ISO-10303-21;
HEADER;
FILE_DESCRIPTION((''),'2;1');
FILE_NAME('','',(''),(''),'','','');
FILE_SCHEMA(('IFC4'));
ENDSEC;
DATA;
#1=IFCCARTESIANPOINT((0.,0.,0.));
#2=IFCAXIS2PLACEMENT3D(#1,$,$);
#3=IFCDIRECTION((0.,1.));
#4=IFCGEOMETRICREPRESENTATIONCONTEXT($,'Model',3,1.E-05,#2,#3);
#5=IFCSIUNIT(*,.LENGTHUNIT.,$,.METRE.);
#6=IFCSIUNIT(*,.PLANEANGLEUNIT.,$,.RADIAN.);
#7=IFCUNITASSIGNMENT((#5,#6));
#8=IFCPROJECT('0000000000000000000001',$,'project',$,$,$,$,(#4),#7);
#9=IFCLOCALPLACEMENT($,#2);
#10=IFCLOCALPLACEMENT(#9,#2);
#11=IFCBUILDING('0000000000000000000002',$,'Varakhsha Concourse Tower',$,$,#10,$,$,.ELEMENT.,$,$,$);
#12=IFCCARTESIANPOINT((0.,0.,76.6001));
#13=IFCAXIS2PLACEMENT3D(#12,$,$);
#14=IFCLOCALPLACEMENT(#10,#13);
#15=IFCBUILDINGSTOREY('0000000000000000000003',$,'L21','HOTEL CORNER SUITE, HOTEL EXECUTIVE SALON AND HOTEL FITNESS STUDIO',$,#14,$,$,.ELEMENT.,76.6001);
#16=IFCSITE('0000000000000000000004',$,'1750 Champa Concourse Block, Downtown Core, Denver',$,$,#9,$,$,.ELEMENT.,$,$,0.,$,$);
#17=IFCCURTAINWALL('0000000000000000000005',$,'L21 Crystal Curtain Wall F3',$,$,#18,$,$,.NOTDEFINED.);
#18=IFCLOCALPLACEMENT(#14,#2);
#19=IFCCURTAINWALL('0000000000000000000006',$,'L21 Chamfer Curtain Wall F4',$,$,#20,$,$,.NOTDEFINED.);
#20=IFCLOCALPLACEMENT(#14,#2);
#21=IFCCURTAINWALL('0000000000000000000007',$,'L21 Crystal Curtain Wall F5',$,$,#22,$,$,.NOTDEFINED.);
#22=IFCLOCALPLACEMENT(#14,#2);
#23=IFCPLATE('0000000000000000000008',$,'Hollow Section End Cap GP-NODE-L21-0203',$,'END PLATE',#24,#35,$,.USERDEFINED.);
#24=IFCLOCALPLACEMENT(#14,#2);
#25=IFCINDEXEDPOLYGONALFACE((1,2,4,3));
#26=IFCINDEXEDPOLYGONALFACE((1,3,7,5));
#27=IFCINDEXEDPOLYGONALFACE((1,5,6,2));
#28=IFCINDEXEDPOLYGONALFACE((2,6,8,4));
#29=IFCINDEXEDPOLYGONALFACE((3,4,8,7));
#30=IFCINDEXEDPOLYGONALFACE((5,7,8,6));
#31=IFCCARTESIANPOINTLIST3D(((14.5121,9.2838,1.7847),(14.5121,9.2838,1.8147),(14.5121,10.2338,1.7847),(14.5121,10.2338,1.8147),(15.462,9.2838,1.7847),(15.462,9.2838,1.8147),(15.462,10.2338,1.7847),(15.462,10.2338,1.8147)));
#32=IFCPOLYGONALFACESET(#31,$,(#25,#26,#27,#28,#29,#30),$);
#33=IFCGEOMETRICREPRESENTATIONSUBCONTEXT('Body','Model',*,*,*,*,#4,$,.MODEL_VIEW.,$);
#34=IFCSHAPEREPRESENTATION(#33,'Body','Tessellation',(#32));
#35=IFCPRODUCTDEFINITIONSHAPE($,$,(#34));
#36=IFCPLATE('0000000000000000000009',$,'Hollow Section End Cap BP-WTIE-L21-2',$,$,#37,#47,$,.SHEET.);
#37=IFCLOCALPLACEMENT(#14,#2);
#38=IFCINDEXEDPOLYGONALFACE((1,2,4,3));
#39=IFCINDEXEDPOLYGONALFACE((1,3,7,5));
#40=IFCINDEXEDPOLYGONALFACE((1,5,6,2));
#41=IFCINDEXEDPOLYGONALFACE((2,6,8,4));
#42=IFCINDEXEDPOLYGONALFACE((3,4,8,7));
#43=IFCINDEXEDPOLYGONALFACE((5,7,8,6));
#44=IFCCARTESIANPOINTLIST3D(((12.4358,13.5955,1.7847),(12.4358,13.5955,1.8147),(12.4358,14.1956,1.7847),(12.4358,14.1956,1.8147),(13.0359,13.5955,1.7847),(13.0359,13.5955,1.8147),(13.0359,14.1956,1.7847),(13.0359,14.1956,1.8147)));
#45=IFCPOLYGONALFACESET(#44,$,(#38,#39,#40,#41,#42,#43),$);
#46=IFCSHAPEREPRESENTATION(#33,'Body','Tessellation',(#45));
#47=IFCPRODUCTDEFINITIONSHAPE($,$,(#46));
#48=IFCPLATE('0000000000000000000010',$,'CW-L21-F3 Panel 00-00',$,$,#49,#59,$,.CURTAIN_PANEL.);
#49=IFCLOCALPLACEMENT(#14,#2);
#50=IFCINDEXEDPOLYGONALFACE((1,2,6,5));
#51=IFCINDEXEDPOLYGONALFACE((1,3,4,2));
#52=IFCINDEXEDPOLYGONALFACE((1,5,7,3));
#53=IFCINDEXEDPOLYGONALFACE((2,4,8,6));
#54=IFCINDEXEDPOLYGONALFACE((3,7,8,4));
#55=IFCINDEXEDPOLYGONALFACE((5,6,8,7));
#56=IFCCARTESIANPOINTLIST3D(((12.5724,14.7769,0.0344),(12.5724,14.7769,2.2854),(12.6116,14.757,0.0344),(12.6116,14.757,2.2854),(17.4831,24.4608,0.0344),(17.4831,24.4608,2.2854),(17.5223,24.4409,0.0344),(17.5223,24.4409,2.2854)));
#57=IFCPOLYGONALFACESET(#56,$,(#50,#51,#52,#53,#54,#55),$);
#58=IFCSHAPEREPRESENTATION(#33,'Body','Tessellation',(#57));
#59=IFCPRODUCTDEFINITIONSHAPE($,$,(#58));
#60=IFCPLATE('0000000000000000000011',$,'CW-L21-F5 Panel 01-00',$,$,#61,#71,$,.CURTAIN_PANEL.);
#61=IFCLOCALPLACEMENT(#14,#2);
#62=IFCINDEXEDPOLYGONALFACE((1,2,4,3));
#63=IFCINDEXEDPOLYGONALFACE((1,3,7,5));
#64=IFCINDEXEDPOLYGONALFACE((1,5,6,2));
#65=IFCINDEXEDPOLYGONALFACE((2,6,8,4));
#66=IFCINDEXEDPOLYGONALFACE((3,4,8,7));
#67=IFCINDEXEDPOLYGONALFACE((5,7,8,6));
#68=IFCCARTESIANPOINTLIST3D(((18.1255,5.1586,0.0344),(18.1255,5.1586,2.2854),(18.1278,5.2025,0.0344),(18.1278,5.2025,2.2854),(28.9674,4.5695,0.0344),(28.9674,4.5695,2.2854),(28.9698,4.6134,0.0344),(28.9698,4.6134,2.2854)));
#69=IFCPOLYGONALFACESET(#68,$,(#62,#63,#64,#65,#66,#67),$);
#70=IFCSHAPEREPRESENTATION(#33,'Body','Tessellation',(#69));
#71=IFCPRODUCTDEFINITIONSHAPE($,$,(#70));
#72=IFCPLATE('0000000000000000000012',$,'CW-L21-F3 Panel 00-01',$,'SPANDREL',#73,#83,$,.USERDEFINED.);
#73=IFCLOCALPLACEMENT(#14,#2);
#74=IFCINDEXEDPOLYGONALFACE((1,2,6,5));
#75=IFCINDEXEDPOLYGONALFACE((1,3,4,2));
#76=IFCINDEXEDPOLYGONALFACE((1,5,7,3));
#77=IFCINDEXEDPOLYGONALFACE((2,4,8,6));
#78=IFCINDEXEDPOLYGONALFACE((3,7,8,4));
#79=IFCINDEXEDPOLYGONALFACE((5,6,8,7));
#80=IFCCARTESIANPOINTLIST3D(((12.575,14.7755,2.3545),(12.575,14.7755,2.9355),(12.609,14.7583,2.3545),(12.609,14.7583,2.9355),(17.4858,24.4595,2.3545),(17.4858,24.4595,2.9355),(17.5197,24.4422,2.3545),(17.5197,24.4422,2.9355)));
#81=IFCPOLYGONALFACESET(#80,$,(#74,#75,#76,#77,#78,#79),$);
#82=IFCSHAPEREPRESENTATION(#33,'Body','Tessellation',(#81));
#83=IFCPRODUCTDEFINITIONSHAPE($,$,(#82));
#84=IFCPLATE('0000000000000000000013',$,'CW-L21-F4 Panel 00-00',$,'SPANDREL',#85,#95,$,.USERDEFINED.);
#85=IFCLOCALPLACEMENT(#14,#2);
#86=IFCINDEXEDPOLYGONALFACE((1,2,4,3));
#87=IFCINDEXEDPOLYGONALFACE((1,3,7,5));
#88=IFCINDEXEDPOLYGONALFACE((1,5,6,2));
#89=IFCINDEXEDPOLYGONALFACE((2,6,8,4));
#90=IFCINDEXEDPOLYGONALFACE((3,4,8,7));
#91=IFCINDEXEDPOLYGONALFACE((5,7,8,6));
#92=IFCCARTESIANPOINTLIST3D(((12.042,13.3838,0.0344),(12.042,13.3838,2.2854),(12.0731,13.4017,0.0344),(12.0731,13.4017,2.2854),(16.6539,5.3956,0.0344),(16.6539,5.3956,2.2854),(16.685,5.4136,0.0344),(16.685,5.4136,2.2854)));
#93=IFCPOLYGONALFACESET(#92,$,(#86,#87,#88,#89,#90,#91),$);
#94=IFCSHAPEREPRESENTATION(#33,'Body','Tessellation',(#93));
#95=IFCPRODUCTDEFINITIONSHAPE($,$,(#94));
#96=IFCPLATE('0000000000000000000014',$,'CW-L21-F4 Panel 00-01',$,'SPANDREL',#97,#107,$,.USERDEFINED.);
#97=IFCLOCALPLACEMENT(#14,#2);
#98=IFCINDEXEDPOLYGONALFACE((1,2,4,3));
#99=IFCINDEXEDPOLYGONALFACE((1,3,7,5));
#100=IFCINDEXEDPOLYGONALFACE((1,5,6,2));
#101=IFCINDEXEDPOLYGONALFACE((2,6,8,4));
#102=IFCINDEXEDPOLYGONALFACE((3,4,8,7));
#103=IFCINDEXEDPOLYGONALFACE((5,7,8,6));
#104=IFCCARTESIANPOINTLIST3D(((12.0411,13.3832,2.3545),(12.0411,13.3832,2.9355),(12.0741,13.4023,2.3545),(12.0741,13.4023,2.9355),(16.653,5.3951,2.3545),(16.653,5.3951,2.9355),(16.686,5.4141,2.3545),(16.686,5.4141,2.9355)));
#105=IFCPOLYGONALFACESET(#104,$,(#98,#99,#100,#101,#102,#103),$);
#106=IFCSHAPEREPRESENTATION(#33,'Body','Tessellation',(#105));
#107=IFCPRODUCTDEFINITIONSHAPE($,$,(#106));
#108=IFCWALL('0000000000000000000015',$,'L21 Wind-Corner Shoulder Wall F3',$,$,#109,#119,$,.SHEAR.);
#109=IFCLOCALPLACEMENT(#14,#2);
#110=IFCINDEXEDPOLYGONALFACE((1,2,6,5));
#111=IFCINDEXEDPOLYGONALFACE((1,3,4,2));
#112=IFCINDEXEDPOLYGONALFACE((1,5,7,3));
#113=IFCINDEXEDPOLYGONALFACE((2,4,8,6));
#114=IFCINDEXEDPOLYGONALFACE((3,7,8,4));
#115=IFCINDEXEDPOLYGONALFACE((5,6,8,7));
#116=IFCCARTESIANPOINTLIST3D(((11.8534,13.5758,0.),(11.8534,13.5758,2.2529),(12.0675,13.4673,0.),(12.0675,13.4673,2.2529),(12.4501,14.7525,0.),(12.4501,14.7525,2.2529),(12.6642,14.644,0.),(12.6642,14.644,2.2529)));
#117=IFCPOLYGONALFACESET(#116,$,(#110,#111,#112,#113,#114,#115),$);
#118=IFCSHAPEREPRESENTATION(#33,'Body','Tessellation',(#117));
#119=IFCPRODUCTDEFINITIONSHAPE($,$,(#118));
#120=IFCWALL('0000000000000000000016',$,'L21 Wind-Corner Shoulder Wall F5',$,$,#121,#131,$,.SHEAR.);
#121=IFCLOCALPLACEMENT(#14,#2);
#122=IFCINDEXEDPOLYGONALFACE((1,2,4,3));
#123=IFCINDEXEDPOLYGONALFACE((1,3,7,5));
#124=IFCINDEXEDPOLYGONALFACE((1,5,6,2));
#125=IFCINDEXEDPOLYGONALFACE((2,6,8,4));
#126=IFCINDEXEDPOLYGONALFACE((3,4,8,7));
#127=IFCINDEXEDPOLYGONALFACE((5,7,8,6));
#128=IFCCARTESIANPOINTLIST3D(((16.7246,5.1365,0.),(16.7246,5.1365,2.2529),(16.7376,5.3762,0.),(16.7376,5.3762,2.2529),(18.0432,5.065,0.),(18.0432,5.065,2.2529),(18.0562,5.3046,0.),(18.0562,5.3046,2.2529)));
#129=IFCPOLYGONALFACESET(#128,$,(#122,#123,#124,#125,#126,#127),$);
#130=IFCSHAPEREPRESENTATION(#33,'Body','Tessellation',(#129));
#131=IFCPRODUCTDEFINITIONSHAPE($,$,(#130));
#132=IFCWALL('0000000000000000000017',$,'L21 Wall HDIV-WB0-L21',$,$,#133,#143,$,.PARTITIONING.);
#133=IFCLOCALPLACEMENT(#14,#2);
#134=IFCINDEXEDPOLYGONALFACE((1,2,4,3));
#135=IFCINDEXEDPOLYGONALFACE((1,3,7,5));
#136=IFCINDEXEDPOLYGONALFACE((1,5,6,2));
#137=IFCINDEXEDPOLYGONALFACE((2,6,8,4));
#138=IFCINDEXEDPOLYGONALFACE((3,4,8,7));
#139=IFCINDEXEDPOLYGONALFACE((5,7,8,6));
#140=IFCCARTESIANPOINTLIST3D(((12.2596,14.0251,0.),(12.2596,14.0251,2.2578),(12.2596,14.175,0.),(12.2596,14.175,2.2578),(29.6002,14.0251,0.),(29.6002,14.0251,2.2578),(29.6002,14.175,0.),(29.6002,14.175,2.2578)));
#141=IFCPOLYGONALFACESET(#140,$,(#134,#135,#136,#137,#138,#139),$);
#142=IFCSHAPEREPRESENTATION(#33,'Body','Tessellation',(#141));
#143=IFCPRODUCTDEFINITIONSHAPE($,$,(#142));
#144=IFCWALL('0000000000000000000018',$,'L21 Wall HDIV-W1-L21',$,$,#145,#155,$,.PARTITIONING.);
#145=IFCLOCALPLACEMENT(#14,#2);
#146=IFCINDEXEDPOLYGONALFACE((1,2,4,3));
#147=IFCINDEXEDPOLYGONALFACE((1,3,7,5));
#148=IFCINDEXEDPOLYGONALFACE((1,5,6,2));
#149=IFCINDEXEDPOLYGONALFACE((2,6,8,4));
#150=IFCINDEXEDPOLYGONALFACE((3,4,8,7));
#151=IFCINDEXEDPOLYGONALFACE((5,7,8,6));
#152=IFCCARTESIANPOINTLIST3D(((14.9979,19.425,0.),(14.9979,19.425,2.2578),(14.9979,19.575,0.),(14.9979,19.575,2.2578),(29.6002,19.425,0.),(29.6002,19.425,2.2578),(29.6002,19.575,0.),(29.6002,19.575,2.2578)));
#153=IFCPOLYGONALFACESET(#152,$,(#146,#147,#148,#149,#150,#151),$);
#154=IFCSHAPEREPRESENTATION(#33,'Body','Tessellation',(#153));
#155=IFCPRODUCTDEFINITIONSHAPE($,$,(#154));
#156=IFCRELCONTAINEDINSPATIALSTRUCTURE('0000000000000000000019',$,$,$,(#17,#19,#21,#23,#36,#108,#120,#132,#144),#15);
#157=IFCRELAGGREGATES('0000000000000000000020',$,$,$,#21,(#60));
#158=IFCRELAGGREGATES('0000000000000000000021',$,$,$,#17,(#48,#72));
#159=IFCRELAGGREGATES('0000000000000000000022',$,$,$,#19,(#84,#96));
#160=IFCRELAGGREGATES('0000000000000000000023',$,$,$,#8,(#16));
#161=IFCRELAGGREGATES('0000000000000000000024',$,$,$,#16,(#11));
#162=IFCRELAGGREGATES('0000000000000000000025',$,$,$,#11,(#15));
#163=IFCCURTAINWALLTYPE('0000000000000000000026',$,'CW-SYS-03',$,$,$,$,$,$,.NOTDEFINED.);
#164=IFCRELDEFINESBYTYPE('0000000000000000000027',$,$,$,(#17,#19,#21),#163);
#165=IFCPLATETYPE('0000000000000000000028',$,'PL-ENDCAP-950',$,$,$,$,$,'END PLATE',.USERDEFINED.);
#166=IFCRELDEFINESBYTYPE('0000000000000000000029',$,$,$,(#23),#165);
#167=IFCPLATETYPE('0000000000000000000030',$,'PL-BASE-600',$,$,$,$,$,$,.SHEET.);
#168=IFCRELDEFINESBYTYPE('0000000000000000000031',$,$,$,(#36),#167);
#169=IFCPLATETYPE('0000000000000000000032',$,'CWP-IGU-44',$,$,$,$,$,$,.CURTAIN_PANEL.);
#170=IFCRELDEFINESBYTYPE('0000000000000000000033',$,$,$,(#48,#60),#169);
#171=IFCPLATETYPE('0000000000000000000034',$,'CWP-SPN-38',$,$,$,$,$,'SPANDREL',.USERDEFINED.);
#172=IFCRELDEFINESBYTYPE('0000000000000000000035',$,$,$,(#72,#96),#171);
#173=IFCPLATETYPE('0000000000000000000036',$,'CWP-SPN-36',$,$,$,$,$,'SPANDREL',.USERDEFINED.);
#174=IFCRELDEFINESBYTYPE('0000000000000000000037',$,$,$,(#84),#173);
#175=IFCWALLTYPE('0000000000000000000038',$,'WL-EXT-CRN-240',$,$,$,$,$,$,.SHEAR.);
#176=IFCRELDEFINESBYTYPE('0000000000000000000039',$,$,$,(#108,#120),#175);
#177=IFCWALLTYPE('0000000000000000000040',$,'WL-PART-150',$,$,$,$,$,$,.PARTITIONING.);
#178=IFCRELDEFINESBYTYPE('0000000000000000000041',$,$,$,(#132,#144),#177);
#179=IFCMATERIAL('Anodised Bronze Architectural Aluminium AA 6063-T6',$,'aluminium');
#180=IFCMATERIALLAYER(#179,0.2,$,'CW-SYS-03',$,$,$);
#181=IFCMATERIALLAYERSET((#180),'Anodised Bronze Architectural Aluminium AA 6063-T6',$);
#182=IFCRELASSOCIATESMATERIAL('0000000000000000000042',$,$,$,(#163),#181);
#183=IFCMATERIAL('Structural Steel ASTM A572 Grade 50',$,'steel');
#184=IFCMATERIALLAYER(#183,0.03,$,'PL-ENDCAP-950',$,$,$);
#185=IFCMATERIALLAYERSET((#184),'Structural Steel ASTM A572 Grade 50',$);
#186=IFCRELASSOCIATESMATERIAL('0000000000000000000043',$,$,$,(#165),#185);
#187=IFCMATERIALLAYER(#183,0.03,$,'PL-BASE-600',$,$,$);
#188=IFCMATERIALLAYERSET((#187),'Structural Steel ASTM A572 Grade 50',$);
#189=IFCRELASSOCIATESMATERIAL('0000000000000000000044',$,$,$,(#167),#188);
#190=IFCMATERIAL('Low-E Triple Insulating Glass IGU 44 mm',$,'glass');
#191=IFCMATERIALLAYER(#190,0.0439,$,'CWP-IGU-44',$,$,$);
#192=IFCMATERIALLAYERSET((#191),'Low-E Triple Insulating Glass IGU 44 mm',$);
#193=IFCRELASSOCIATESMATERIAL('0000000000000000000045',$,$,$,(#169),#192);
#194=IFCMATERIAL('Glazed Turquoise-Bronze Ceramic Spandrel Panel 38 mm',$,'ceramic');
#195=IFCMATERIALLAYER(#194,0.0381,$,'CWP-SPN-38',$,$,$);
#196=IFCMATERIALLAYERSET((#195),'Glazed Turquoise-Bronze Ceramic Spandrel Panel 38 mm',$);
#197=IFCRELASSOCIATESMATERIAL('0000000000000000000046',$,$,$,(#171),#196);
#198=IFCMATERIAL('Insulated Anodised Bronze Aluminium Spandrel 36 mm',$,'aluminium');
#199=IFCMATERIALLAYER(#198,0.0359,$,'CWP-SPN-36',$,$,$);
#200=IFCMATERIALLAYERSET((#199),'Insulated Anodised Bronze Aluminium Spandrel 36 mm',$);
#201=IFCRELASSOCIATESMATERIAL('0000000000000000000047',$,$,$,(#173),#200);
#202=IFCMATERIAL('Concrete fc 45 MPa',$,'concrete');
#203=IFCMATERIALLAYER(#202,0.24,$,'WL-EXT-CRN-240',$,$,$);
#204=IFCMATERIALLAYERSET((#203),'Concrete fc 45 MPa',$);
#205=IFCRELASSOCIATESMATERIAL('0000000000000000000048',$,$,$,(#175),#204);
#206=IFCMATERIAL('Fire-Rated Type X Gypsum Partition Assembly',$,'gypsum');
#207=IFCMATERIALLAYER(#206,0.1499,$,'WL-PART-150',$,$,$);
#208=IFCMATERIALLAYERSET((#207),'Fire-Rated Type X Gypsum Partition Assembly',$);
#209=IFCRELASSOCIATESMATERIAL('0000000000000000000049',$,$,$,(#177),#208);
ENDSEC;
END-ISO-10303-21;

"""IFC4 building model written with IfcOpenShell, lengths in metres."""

from ifc_helpers import new_model, si_unit, direction, frame, frame_2d, origin, origin_2d, place, context, subcontext, project, spatial, rectangle, extrude, source, transform, mapped, material, layer, layer_set, type_object, type_shapes, element, aggregate, save


model = new_model("IFC4")

# Units and contexts
model_context = context("Model", 3, precision=1e-05, world=origin(), true_north=direction((0.0, 1.0)))
body_context = subcontext(model_context, "Body", "Model", "MODEL_VIEW")
ifc_project = project(units=[si_unit("LENGTHUNIT", "METRE"), si_unit("PLANEANGLEUNIT", "RADIAN")], contexts=[model_context])

# Site, building, storey
site_placement = place(None, origin())
site = spatial("IfcSite", under=ifc_project, at=site_placement, Name="1750 Champa Concourse Block, Downtown Core, Denver", CompositionType="ELEMENT", RefElevation=0.0)
building_placement = place(site_placement, origin())
building = spatial("IfcBuilding", under=site, at=building_placement, Name="Varakhsha Concourse Tower", CompositionType="ELEMENT")
storey_placement = place(building_placement, frame((0.0, 0.0, 76.6001)))
storey = spatial("IfcBuildingStorey", under=building, at=storey_placement, Name="L21", Description="HOTEL CORNER SUITE, HOTEL EXECUTIVE SALON AND HOTEL FITNESS STUDIO", CompositionType="ELEMENT", Elevation=76.6001)

# Shared definitions
ifc_material_1 = material(Name="Structural Steel ASTM A572 Grade 50", Category="steel")

# Curtain walls
ifc_material_2 = material(Name="Anodised Bronze Architectural Aluminium AA 6063-T6", Category="aluminium")
ifc_layer_1 = layer(ifc_material_2, 0.2, Name="CW-SYS-03")
ifc_layer_set_1 = layer_set([ifc_layer_1], Name="Anodised Bronze Architectural Aluminium AA 6063-T6")
curtain_wall_type = type_object("IfcCurtainWallType", Name="CW-SYS-03", PredefinedType="NOTDEFINED", material=ifc_layer_set_1)
curtain_wall_1_placement = place(storey_placement, origin())
curtain_wall_1 = element("IfcCurtainWall", 1, at=curtain_wall_1_placement, inside=storey, type_object=curtain_wall_type, Name="L21 Crystal Curtain Wall F3", PredefinedType="NOTDEFINED")
curtain_wall_2_placement = place(storey_placement, origin())
curtain_wall_2 = element("IfcCurtainWall", 2, at=curtain_wall_2_placement, inside=storey, type_object=curtain_wall_type, Name="L21 Chamfer Curtain Wall F4", PredefinedType="NOTDEFINED")

# Curtain wall
curtain_wall_3_placement = place(storey_placement, origin())
curtain_wall_3 = element("IfcCurtainWall", 3, at=curtain_wall_3_placement, inside=storey, type_object=curtain_wall_type, Name="L21 Crystal Curtain Wall F5", PredefinedType="NOTDEFINED")

# Shared definitions
ifc_material_3 = material(Name="Concrete fc 45 MPa", Category="concrete")

# Plates
ifc_layer_2 = layer(ifc_material_1, 0.03, Name="PL-ENDCAP-950")
ifc_layer_set_2 = layer_set([ifc_layer_2], Name="Structural Steel ASTM A572 Grade 50")
plate_type_1 = type_object("IfcPlateType", Name="PL-ENDCAP-950", ElementType="END PLATE", PredefinedType="USERDEFINED", material=ifc_layer_set_2)
shared_shape_1 = source(origin(), body_context, "Body", "SweptSolid", [
    extrude(rectangle(XDim=0.95, YDim=0.95, at=origin_2d()), origin(), (0.0, 0.0, 1.0), 0.03),
])
type_shapes(plate_type_1, [shared_shape_1])
for number, where, z_axis, x_axis, name in (
    (4, (14.9871, 9.7588, 1.7847), (0.0, 0.0, 1.0), (1.0, 0.0, 0.0), "Hollow Section End Cap GP-NODE-L21-0203"),
):
    element("IfcPlate", number, at=place(storey_placement, frame(where, z_axis=z_axis, x_axis=x_axis)), inside=storey, type_object=plate_type_1, Name=name, ObjectType="END PLATE", PredefinedType="USERDEFINED", context=body_context, shape_type="MappedRepresentation", body=[
        mapped(shared_shape_1, transform((0.0, 0.0, 0.0), scale=1.0)),
    ])
ifc_layer_3 = layer(ifc_material_1, 0.03, Name="PL-BASE-600")
ifc_layer_set_3 = layer_set([ifc_layer_3], Name="Structural Steel ASTM A572 Grade 50")
plate_type_2 = type_object("IfcPlateType", Name="PL-BASE-600", PredefinedType="SHEET", material=ifc_layer_set_3)
shared_shape_2 = source(origin(), body_context, "Body", "SweptSolid", [
    extrude(rectangle(XDim=0.6001, YDim=0.6001, at=origin_2d()), origin(), (0.0, 0.0, 1.0), 0.03),
])
type_shapes(plate_type_2, [shared_shape_2])
plate_1_placement = place(storey_placement, frame((12.7358, 13.8955, 1.7847), z_axis=(0.0, 0.0, 1.0), x_axis=(1.0, 0.0, 0.0)))
element("IfcPlate", 5, at=plate_1_placement, inside=storey, type_object=plate_type_2, Name="Hollow Section End Cap BP-WTIE-L21-2", PredefinedType="SHEET", context=body_context, shape_type="MappedRepresentation", body=[
    mapped(shared_shape_2, transform((0.0, 0.0, 0.0), scale=1.0)),
])

# Plates
ifc_material_4 = material(Name="Low-E Triple Insulating Glass IGU 44 mm", Category="glass")
ifc_layer_4 = layer(ifc_material_4, 0.0439, Name="CWP-IGU-44")
ifc_layer_set_4 = layer_set([ifc_layer_4], Name="Low-E Triple Insulating Glass IGU 44 mm")
plate_type_3 = type_object("IfcPlateType", Name="CWP-IGU-44", PredefinedType="CURTAIN_PANEL", material=ifc_layer_set_4)
shared_shape_3 = source(origin(), body_context, "Body", "SweptSolid", [
    extrude(rectangle(XDim=10.8579, YDim=0.0439, at=origin_2d()), origin(), (0.0, 0.0, 1.0), 2.251),
])
type_shapes(plate_type_3, [shared_shape_3])
plate_2_placement = place(storey_placement, frame((15.0474, 19.6089, 0.0344), z_axis=(0.0, 0.0, 1.0), x_axis=(0.452274, 0.891879, 0.0)))
plate_2 = element("IfcPlate", 6, at=plate_2_placement, type_object=plate_type_3, Name="CW-L21-F3 Panel 00-00", PredefinedType="CURTAIN_PANEL", context=body_context, shape_type="MappedRepresentation", body=[
    mapped(shared_shape_3, transform((0.0, 0.0, 0.0), scale=1.0)),
])
plate_3_placement = place(storey_placement, frame((23.5476, 4.886, 0.0344), z_axis=(0.0, 0.0, 1.0), x_axis=(-0.998527, 0.054257, 0.0)))
plate_3 = element("IfcPlate", 7, at=plate_3_placement, type_object=plate_type_3, Name="CW-L21-F5 Panel 01-00", PredefinedType="CURTAIN_PANEL", context=body_context, shape_type="MappedRepresentation", body=[
    mapped(shared_shape_3, transform((0.0, 0.0, 0.0), scale=1.0)),
])
aggregate(curtain_wall_3, [plate_3])
ifc_material_5 = material(Name="Glazed Turquoise-Bronze Ceramic Spandrel Panel 38 mm", Category="ceramic")
ifc_layer_5 = layer(ifc_material_5, 0.0381, Name="CWP-SPN-38")
ifc_layer_set_5 = layer_set([ifc_layer_5], Name="Glazed Turquoise-Bronze Ceramic Spandrel Panel 38 mm")
plate_type_4 = type_object("IfcPlateType", Name="CWP-SPN-38", ElementType="SPANDREL", PredefinedType="USERDEFINED", material=ifc_layer_set_5)
shared_shape_4 = source(origin(), body_context, "Body", "SweptSolid", [
    extrude(rectangle(XDim=10.8579, YDim=0.0381, at=origin_2d()), origin(), (0.0, 0.0, 1.0), 0.5811),
])
plate_4_placement = place(storey_placement, frame((15.0474, 19.6089, 2.3545), z_axis=(0.0, 0.0, 1.0), x_axis=(0.452274, 0.891879, 0.0)))
plate_4 = element("IfcPlate", 8, at=plate_4_placement, type_object=plate_type_4, Name="CW-L21-F3 Panel 00-01", ObjectType="SPANDREL", PredefinedType="USERDEFINED", context=body_context, shape_type="MappedRepresentation", body=[
    mapped(shared_shape_4, transform((0.0, 0.0, 0.0), scale=1.0)),
])
aggregate(curtain_wall_1, [plate_2, plate_4])
ifc_material_6 = material(Name="Insulated Anodised Bronze Aluminium Spandrel 36 mm", Category="aluminium")
ifc_layer_6 = layer(ifc_material_6, 0.0359, Name="CWP-SPN-36")
ifc_layer_set_6 = layer_set([ifc_layer_6], Name="Insulated Anodised Bronze Aluminium Spandrel 36 mm")
plate_type_5 = type_object("IfcPlateType", Name="CWP-SPN-36", ElementType="SPANDREL", PredefinedType="USERDEFINED", material=ifc_layer_set_6)
shared_shape_5 = source(origin(), body_context, "Body", "SweptSolid", [
    extrude(rectangle(XDim=9.2239, YDim=0.0359, at=origin_2d()), origin(), (0.0, 0.0, 1.0), 2.251),
])
type_shapes(plate_type_5, [shared_shape_5])
plate_5_placement = place(storey_placement, frame((14.3635, 9.3987, 0.0344), z_axis=(0.0, 0.0, 1.0), x_axis=(-0.499994, 0.866029, 0.0)))
plate_5 = element("IfcPlate", 9, at=plate_5_placement, type_object=plate_type_5, Name="CW-L21-F4 Panel 00-00", ObjectType="SPANDREL", PredefinedType="USERDEFINED", context=body_context, shape_type="MappedRepresentation", body=[
    mapped(shared_shape_5, transform((0.0, 0.0, 0.0), scale=1.0)),
])
shared_shape_6 = source(origin(), body_context, "Body", "SweptSolid", [
    extrude(rectangle(XDim=9.2239, YDim=0.0381, at=origin_2d()), origin(), (0.0, 0.0, 1.0), 0.5811),
])
type_shapes(plate_type_4, [shared_shape_4, shared_shape_6])
plate_6_placement = place(storey_placement, frame((14.3635, 9.3987, 2.3545), z_axis=(0.0, 0.0, 1.0), x_axis=(-0.499994, 0.866029, 0.0)))
plate_6 = element("IfcPlate", 10, at=plate_6_placement, type_object=plate_type_4, Name="CW-L21-F4 Panel 00-01", ObjectType="SPANDREL", PredefinedType="USERDEFINED", context=body_context, shape_type="MappedRepresentation", body=[
    mapped(shared_shape_6, transform((0.0, 0.0, 0.0), scale=1.0)),
])
aggregate(curtain_wall_2, [plate_5, plate_6])

# Walls
ifc_layer_7 = layer(ifc_material_3, 0.24, Name="WL-EXT-CRN-240")
ifc_layer_set_7 = layer_set([ifc_layer_7], Name="Concrete fc 45 MPa")
wall_type_1 = type_object("IfcWallType", Name="WL-EXT-CRN-240", PredefinedType="SHEAR", material=ifc_layer_set_7)
wall_1_placement = place(storey_placement, frame((12.5571, 14.6982, 0.0), z_axis=(0.0, 0.0, 1.0), x_axis=(-0.45224, -0.891896, 0.0)))
element("IfcWall", 11, at=wall_1_placement, inside=storey, type_object=wall_type_1, Name="L21 Wind-Corner Shoulder Wall F3", PredefinedType="SHEAR", context=body_context, shape_type="SweptSolid", body=[
    extrude(rectangle(XDim=1.3193, YDim=0.24, at=frame_2d((0.6597, 0.0))), origin(), (0.0, 0.0, 1.0), 2.2529),
])
wall_2_placement = place(storey_placement, frame((16.7312, 5.2563, 0.0), z_axis=(0.0, 0.0, 1.0), x_axis=(0.998532, -0.05417, 0.0)))
element("IfcWall", 12, at=wall_2_placement, inside=storey, type_object=wall_type_1, Name="L21 Wind-Corner Shoulder Wall F5", PredefinedType="SHEAR", context=body_context, shape_type="SweptSolid", body=[
    extrude(rectangle(XDim=1.3206, YDim=0.24, at=frame_2d((0.6602, 0.0))), origin(), (0.0, 0.0, 1.0), 2.2529),
])
ifc_material_7 = material(Name="Fire-Rated Type X Gypsum Partition Assembly", Category="gypsum")
ifc_layer_8 = layer(ifc_material_7, 0.1499, Name="WL-PART-150")
ifc_layer_set_8 = layer_set([ifc_layer_8], Name="Fire-Rated Type X Gypsum Partition Assembly")
wall_type_2 = type_object("IfcWallType", Name="WL-PART-150", PredefinedType="PARTITIONING", material=ifc_layer_set_8)
wall_3_placement = place(storey_placement, frame((12.2595, 14.1001, 0.0), z_axis=(0.0, 0.0, 1.0), x_axis=(1.0, 0.0, 0.0)))
element("IfcWall", 13, at=wall_3_placement, inside=storey, type_object=wall_type_2, Name="L21 Wall HDIV-WB0-L21", PredefinedType="PARTITIONING", context=body_context, shape_type="SweptSolid", body=[
    extrude(rectangle(XDim=17.3406, YDim=0.1499, at=frame_2d((8.6704, 0.0))), origin(), (0.0, 0.0, 1.0), 2.2578),
])
wall_4_placement = place(storey_placement, frame((14.9978, 19.5, 0.0), z_axis=(0.0, 0.0, 1.0), x_axis=(1.0, 0.0, 0.0)))
element("IfcWall", 14, at=wall_4_placement, inside=storey, type_object=wall_type_2, Name="L21 Wall HDIV-W1-L21", PredefinedType="PARTITIONING", context=body_context, shape_type="SweptSolid", body=[
    extrude(rectangle(XDim=14.6023, YDim=0.1499, at=frame_2d((7.3013, 0.0))), origin(), (0.0, 0.0, 1.0), 2.2578),
])

save(model, "model.ifc")
